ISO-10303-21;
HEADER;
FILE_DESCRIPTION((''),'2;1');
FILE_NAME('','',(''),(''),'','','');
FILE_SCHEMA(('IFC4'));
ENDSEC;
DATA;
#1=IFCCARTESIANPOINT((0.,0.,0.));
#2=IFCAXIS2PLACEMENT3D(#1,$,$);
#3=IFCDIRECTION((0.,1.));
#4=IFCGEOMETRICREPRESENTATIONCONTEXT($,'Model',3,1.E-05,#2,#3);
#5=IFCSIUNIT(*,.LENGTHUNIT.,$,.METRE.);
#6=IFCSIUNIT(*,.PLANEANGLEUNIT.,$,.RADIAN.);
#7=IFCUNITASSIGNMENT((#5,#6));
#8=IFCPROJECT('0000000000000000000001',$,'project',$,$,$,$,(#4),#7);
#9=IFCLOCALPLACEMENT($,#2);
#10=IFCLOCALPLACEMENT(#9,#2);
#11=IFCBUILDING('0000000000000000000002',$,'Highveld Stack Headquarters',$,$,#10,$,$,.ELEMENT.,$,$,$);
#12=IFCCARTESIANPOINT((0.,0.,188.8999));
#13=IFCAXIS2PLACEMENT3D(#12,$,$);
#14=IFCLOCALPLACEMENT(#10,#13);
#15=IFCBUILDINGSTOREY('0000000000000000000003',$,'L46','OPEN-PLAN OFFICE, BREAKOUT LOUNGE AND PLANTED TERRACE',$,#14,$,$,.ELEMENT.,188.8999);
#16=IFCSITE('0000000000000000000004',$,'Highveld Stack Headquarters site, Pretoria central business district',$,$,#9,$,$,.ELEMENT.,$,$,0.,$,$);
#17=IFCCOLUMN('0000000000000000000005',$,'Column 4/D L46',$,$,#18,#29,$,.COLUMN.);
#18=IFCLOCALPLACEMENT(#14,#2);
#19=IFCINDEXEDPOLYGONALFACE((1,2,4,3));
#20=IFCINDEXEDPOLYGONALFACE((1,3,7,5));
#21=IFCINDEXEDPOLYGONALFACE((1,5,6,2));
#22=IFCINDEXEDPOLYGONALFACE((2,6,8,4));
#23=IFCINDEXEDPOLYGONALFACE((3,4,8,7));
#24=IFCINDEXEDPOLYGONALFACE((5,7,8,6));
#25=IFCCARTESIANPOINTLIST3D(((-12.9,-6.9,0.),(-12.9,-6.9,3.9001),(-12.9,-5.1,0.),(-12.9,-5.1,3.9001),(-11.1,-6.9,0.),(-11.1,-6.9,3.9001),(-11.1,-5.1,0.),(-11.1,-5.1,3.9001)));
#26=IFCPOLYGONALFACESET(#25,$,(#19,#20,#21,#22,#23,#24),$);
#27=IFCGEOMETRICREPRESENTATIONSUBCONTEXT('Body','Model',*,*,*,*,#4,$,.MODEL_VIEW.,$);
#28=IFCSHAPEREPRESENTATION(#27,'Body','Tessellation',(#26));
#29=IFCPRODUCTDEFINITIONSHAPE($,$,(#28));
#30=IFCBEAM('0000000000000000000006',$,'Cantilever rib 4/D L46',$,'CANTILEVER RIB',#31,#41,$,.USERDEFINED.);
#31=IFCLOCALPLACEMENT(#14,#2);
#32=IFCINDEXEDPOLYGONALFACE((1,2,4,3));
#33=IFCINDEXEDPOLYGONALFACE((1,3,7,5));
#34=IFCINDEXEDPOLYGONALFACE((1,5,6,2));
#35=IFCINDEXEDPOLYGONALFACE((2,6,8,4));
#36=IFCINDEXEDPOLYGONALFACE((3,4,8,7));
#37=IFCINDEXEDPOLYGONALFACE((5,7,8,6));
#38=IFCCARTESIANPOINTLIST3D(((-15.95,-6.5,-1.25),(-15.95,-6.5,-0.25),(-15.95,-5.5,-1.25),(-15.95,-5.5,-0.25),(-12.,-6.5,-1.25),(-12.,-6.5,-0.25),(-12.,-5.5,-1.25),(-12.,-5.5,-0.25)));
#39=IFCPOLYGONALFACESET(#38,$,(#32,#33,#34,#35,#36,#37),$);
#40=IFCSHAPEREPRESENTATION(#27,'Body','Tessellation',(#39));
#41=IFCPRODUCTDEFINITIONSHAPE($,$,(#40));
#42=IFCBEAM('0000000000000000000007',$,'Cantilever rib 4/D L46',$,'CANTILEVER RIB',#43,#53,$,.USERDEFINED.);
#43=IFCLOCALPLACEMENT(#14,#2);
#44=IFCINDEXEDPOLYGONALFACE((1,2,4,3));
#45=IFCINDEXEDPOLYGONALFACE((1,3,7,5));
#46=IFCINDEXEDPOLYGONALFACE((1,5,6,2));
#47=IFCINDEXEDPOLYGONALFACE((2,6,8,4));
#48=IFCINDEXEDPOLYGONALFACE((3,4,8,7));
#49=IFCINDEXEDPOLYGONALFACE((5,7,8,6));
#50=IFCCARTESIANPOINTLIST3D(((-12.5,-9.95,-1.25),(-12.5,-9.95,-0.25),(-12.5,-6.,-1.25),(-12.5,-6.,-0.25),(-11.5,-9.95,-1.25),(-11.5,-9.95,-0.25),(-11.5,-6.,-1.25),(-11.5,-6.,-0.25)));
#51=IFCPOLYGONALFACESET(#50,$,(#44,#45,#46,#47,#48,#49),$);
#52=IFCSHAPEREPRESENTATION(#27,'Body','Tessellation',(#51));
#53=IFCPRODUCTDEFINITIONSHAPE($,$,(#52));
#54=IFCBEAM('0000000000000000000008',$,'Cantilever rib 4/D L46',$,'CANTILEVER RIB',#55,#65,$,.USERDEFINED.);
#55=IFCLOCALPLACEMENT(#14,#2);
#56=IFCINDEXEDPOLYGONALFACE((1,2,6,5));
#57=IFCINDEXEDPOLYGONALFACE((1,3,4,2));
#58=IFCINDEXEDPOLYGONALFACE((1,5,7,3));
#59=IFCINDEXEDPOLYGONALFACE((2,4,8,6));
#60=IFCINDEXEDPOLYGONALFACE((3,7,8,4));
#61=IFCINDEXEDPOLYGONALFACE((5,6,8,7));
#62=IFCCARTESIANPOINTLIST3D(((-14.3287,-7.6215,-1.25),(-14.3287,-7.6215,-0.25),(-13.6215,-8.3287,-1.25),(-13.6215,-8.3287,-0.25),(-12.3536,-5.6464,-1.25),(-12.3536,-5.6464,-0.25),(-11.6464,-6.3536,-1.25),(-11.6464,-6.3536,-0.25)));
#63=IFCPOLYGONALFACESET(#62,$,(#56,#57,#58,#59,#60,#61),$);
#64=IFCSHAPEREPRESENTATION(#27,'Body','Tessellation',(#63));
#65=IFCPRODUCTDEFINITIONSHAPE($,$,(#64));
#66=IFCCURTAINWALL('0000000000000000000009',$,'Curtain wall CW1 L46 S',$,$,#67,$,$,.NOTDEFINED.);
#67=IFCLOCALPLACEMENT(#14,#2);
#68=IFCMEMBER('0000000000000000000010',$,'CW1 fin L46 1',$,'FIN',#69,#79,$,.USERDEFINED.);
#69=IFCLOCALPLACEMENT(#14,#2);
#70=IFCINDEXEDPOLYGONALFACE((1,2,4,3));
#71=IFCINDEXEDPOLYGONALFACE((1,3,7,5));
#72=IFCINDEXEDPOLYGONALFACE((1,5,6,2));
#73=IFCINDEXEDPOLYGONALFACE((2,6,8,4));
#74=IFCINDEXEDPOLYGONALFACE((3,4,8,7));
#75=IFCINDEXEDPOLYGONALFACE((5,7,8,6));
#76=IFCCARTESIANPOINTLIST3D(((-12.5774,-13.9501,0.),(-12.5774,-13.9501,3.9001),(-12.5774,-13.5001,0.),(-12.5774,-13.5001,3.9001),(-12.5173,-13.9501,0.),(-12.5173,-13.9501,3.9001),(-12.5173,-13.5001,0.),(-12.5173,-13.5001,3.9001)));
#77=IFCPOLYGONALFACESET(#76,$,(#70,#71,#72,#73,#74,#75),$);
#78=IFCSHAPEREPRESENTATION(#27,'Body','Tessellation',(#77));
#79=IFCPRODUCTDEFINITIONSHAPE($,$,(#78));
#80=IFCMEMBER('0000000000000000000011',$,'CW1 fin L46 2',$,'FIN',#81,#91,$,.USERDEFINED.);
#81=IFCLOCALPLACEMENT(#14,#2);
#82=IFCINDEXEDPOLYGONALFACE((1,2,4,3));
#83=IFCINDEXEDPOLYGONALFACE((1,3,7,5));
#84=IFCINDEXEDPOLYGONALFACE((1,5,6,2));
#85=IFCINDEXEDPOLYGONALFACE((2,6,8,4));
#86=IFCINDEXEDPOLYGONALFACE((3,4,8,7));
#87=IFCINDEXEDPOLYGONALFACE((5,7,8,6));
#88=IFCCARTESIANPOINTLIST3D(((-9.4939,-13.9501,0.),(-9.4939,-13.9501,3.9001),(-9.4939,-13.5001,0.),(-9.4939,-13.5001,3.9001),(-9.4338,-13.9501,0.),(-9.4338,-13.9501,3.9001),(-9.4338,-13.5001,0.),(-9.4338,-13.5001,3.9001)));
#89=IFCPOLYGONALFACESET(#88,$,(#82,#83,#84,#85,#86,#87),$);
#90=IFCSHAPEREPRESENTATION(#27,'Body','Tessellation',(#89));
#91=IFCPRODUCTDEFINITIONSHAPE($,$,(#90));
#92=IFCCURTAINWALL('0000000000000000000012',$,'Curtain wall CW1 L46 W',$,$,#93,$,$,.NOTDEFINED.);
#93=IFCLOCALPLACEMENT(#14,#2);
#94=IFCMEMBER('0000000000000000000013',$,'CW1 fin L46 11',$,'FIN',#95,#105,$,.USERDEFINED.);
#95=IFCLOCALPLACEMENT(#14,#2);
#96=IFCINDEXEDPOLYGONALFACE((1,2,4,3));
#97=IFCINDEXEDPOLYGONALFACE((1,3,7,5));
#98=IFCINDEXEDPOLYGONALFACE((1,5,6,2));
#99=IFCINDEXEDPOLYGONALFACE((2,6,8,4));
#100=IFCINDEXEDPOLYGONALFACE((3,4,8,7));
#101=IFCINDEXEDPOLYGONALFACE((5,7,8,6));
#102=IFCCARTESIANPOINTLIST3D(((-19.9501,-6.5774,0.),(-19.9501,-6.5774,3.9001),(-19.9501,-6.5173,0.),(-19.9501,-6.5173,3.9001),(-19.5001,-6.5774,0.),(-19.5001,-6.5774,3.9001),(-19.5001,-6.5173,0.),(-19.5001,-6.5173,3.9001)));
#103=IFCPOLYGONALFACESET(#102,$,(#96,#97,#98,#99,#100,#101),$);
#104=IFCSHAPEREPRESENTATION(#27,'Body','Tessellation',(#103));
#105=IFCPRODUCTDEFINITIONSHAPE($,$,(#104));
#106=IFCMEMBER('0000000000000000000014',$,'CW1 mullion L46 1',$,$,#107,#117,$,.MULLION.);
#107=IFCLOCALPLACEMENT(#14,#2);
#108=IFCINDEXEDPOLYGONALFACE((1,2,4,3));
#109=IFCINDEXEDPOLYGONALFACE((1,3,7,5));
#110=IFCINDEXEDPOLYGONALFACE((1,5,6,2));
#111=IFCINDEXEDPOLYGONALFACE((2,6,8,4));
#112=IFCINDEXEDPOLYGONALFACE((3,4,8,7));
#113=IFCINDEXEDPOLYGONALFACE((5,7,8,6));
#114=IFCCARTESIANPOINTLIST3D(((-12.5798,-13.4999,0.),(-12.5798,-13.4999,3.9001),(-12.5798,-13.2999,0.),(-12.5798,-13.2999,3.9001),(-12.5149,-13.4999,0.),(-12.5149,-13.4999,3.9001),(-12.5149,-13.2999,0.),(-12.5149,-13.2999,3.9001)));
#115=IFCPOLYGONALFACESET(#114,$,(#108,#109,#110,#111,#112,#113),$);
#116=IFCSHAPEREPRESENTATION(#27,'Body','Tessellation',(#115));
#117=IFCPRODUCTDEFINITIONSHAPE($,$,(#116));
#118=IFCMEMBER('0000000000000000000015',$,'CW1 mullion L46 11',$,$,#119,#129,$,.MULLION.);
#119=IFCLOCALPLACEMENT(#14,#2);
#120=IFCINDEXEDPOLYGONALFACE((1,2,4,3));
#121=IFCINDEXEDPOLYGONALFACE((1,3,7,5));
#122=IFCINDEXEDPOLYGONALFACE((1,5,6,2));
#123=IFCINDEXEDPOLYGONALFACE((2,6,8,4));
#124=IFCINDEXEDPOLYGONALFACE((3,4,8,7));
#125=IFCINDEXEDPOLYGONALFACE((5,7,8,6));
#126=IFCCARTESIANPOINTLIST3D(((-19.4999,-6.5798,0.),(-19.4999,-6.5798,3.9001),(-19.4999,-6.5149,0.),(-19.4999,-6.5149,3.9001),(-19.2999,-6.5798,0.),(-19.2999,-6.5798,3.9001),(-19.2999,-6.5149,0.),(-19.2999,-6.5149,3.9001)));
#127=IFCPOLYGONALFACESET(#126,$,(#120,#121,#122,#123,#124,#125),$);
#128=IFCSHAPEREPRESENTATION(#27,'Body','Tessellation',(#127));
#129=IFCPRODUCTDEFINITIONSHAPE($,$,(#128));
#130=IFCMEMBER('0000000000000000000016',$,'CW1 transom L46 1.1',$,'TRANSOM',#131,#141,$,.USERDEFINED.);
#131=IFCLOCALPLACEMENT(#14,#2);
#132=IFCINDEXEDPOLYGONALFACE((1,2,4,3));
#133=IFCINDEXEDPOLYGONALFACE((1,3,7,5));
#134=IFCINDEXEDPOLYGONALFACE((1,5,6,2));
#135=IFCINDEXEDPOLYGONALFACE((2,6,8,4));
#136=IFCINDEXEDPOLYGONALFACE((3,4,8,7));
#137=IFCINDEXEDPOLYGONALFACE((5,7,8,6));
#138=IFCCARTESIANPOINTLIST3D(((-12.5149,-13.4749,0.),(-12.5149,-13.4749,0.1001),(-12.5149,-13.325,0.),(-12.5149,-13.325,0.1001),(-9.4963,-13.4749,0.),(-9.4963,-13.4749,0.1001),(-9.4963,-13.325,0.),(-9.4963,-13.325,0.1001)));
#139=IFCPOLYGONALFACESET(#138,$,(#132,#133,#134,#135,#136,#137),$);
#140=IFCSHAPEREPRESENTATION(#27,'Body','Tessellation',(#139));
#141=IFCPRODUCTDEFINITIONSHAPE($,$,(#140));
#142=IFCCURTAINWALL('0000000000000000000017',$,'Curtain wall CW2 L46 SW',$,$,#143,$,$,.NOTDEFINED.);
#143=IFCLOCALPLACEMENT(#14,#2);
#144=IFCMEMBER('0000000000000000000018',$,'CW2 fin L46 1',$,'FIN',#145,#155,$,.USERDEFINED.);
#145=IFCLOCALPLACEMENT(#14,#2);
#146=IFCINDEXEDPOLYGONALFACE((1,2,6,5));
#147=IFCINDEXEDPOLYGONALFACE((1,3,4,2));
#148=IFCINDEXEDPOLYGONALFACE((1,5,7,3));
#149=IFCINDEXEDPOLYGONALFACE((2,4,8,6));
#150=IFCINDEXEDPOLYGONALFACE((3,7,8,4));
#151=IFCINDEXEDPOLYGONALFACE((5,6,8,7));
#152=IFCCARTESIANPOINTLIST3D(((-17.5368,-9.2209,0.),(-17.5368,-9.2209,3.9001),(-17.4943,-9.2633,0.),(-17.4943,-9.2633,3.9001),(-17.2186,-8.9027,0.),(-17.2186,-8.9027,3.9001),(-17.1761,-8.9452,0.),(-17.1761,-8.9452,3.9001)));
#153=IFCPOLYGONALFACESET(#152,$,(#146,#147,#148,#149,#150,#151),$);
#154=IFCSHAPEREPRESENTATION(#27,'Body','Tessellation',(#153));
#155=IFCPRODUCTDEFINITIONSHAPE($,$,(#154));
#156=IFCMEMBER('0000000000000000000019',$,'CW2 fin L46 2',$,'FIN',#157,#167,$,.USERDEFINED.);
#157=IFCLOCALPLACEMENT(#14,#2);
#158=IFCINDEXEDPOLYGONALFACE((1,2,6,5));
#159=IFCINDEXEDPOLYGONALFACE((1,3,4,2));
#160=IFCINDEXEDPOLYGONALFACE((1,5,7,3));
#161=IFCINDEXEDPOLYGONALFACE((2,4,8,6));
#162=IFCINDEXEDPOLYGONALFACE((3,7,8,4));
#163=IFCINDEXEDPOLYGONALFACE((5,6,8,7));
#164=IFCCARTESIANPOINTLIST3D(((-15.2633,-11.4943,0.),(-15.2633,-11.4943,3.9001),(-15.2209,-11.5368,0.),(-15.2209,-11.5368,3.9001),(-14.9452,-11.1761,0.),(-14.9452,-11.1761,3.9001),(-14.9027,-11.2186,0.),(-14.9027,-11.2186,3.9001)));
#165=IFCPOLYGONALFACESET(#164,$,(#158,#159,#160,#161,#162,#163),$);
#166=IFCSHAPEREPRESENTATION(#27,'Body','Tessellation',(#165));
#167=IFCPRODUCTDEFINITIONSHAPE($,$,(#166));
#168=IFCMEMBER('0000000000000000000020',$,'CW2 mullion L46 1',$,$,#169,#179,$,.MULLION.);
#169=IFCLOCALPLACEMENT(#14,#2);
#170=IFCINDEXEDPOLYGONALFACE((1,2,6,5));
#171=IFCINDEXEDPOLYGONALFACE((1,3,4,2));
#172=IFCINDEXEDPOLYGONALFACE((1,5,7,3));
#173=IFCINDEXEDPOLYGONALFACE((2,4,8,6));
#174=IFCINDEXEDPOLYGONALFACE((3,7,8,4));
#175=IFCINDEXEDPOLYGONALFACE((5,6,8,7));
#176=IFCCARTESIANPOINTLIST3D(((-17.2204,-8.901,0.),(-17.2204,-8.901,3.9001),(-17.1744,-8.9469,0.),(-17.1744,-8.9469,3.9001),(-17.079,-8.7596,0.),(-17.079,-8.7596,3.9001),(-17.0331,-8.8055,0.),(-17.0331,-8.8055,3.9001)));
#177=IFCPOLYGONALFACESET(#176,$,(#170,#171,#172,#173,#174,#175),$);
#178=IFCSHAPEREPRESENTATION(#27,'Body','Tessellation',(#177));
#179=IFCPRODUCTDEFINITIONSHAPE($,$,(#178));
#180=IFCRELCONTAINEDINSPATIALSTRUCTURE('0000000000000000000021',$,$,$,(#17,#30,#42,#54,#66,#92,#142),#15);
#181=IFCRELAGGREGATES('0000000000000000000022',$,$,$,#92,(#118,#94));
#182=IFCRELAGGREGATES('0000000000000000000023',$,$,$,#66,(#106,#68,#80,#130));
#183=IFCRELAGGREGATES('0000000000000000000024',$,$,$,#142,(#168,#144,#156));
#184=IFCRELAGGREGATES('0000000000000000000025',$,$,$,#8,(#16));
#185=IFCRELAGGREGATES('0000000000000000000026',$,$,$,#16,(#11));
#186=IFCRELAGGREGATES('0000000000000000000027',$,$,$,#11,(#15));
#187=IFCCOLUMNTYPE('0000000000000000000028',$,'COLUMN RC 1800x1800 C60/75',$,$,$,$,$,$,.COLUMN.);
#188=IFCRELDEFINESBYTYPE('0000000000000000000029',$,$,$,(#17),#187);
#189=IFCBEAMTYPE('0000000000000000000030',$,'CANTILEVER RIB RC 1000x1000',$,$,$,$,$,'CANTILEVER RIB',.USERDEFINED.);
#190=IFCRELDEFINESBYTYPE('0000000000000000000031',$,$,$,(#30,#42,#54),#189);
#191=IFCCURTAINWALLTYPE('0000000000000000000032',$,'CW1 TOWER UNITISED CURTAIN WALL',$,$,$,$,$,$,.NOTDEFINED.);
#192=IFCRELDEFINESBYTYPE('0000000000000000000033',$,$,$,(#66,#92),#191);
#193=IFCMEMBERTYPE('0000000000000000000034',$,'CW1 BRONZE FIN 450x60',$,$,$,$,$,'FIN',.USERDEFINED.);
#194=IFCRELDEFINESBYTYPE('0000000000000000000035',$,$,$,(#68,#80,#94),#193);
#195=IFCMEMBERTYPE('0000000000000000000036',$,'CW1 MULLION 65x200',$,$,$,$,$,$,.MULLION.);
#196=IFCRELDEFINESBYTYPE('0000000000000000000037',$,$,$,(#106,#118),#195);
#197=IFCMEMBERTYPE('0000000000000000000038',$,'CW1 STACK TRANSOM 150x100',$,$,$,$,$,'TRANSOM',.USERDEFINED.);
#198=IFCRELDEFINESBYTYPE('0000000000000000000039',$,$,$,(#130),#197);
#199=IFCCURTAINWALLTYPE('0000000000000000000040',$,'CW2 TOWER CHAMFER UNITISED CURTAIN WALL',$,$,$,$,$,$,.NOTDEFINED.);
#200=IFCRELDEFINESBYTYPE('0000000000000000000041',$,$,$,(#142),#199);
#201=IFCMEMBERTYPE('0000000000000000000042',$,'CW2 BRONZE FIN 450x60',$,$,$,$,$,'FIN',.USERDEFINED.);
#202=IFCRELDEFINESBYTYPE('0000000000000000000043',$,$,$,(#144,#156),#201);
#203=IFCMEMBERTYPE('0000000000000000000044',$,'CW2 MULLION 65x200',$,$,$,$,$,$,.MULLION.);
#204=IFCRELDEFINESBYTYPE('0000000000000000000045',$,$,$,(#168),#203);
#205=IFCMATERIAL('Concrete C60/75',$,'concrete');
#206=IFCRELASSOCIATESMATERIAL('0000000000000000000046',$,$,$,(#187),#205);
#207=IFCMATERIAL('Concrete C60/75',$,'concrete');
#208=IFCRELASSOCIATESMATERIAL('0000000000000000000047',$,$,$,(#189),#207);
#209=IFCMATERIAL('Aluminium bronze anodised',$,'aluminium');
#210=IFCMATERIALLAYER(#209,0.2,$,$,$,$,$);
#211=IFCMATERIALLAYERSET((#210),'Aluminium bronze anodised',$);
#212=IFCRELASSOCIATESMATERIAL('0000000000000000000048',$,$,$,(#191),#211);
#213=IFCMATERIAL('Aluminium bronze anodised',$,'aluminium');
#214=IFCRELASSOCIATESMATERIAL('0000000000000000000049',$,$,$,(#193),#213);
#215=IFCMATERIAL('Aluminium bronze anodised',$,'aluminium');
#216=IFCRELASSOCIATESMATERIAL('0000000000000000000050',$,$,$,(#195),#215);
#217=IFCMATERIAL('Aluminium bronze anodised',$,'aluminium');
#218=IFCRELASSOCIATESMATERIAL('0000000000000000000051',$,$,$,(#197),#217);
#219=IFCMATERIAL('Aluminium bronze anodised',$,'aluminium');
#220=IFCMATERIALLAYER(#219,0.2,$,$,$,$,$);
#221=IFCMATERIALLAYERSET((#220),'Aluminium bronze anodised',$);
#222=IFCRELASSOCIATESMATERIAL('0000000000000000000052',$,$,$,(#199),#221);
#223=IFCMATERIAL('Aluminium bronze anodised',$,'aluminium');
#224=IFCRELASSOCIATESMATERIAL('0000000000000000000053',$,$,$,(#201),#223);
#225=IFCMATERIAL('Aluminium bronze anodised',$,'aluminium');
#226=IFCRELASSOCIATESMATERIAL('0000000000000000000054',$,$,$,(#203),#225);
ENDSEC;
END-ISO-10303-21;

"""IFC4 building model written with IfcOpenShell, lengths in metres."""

from ifc_helpers import new_model, si_unit, direction, frame, origin, origin_2d, place, context, subcontext, project, spatial, rectangle, extrude, material, layer, layer_set, material_profile, profile_set, type_object, element, aggregate, save


model = new_model("IFC4")

# Units and contexts
model_context = context("Model", 3, precision=1e-05, world=origin(), true_north=direction((0.0, 1.0)))
body_context = subcontext(model_context, "Body", "Model", "MODEL_VIEW")
ifc_project = project(units=[si_unit("LENGTHUNIT", "METRE"), si_unit("PLANEANGLEUNIT", "RADIAN")], contexts=[model_context])

# Site, building, storey
site_placement = place(None, origin())
site = spatial("IfcSite", under=ifc_project, at=site_placement, Name="Highveld Stack Headquarters site, Pretoria central business district", CompositionType="ELEMENT", RefElevation=0.0)
building_placement = place(site_placement, origin())
building = spatial("IfcBuilding", under=site, at=building_placement, Name="Highveld Stack Headquarters", CompositionType="ELEMENT")
storey_placement = place(building_placement, frame((0.0, 0.0, 188.8999)))
storey = spatial("IfcBuildingStorey", under=building, at=storey_placement, Name="L46", Description="OPEN-PLAN OFFICE, BREAKOUT LOUNGE AND PLANTED TERRACE", CompositionType="ELEMENT", Elevation=188.8999)

# Column
ifc_material_1 = material(Name="Concrete C60/75", Category="concrete")
ifc_material_profile_1 = material_profile(ifc_material_1, rectangle(XDim=1.8, YDim=1.8, at=origin_2d()), Name="RC 1800x1800")
ifc_profile_set_1 = profile_set([ifc_material_profile_1], Name="Concrete C60/75")
column_type = type_object("IfcColumnType", Name="COLUMN RC 1800x1800 C60/75", PredefinedType="COLUMN", material=ifc_profile_set_1)
column_placement = place(storey_placement, frame((-12.0, -6.0, 0.0), z_axis=(0.0, 0.0, 1.0), x_axis=(1.0, 0.0, 0.0)))
element("IfcColumn", 1, at=column_placement, inside=storey, type_object=column_type, Name="Column 4/D L46", PredefinedType="COLUMN", context=body_context, shape_type="SweptSolid", body=[
    extrude(rectangle(XDim=1.8, YDim=1.8, at=origin_2d()), origin(), (0.0, 0.0, 1.0), 3.9001),
])

# Beams
ifc_material_2 = material(Name="Concrete C60/75", Category="concrete")
ifc_material_profile_2 = material_profile(ifc_material_2, rectangle(XDim=1.0, YDim=1.0, at=origin_2d()), Name="RC 1000x1000")
ifc_profile_set_2 = profile_set([ifc_material_profile_2], Name="Concrete C60/75")
beam_type_1 = type_object("IfcBeamType", Name="CANTILEVER RIB RC 1000x1000", ElementType="CANTILEVER RIB", PredefinedType="USERDEFINED", material=ifc_profile_set_2)
for number, where, z_axis, x_axis, name in (
    (2, (-12.0, -6.0, -0.75), (-1.0, 0.0, 0.0), (0.0, -1.0, 0.0), "Cantilever rib 4/D L46"),
    (3, (-12.0, -6.0, -0.75), (0.0, -1.0, 0.0), (1.0, 0.0, 0.0), "Cantilever rib 4/D L46"),
):
    element("IfcBeam", number, at=place(storey_placement, frame(where, z_axis=z_axis, x_axis=x_axis)), inside=storey, type_object=beam_type_1, Name=name, ObjectType="CANTILEVER RIB", PredefinedType="USERDEFINED", context=body_context, shape_type="SweptSolid", body=[
        extrude(rectangle(XDim=1.0, YDim=1.0, at=origin_2d()), origin(), (0.0, 0.0, 1.0), 3.95),
    ])
beam_1_placement = place(storey_placement, frame((-12.0, -6.0, -0.75), z_axis=(-0.707107, -0.707107, 0.0), x_axis=(0.707107, -0.707107, 0.0)))
element("IfcBeam", 4, at=beam_1_placement, inside=storey, type_object=beam_type_1, Name="Cantilever rib 4/D L46", ObjectType="CANTILEVER RIB", PredefinedType="USERDEFINED", context=body_context, shape_type="SweptSolid", body=[
    extrude(rectangle(XDim=1.0, YDim=1.0, at=origin_2d()), origin(), (0.0, 0.0, 1.0), 2.7932),
])

# Curtain wall, members
ifc_material_3 = material(Name="Aluminium bronze anodised", Category="aluminium")
ifc_layer_1 = layer(ifc_material_3, 0.2)
ifc_layer_set_1 = layer_set([ifc_layer_1], Name="Aluminium bronze anodised")
curtain_wall_type_1 = type_object("IfcCurtainWallType", Name="CW1 TOWER UNITISED CURTAIN WALL", PredefinedType="NOTDEFINED", material=ifc_layer_set_1)
curtain_wall_1_placement = place(storey_placement, origin())
curtain_wall_1 = element("IfcCurtainWall", 5, at=curtain_wall_1_placement, inside=storey, type_object=curtain_wall_type_1, Name="Curtain wall CW1 L46 S", PredefinedType="NOTDEFINED")
ifc_material_4 = material(Name="Aluminium bronze anodised", Category="aluminium")
ifc_material_profile_3 = material_profile(ifc_material_4, rectangle(XDim=0.45, YDim=0.0601, at=origin_2d()), Name="FIN 450x60")
ifc_profile_set_3 = profile_set([ifc_material_profile_3], Name="Aluminium bronze anodised")
member_type_1 = type_object("IfcMemberType", Name="CW1 BRONZE FIN 450x60", ElementType="FIN", PredefinedType="USERDEFINED", material=ifc_profile_set_3)
member_1_placement = place(storey_placement, frame((-12.5474, -13.7251, 0.0), z_axis=(0.0, 0.0, 1.0), x_axis=(0.0, 1.0, 0.0)))
member_1 = element("IfcMember", 6, at=member_1_placement, type_object=member_type_1, Name="CW1 fin L46 1", ObjectType="FIN", PredefinedType="USERDEFINED", context=body_context, shape_type="SweptSolid", body=[
    extrude(rectangle(XDim=0.45, YDim=0.0601, at=origin_2d()), origin(), (0.0, 0.0, 1.0), 3.9001),
])
member_2_placement = place(storey_placement, frame((-9.4639, -13.7251, 0.0), z_axis=(0.0, 0.0, 1.0), x_axis=(0.0, 1.0, 0.0)))
member_2 = element("IfcMember", 7, at=member_2_placement, type_object=member_type_1, Name="CW1 fin L46 2", ObjectType="FIN", PredefinedType="USERDEFINED", context=body_context, shape_type="SweptSolid", body=[
    extrude(rectangle(XDim=0.45, YDim=0.0601, at=origin_2d()), origin(), (0.0, 0.0, 1.0), 3.9001),
])

# Curtain wall, member
curtain_wall_2_placement = place(storey_placement, origin())
curtain_wall_2 = element("IfcCurtainWall", 8, at=curtain_wall_2_placement, inside=storey, type_object=curtain_wall_type_1, Name="Curtain wall CW1 L46 W", PredefinedType="NOTDEFINED")
member_3_placement = place(storey_placement, frame((-19.7251, -6.5474, 0.0), z_axis=(0.0, 0.0, 1.0), x_axis=(1.0, 0.0, 0.0)))
member_3 = element("IfcMember", 9, at=member_3_placement, type_object=member_type_1, Name="CW1 fin L46 11", ObjectType="FIN", PredefinedType="USERDEFINED", context=body_context, shape_type="SweptSolid", body=[
    extrude(rectangle(XDim=0.45, YDim=0.0601, at=origin_2d()), origin(), (0.0, 0.0, 1.0), 3.9001),
])

# Members
ifc_material_5 = material(Name="Aluminium bronze anodised", Category="aluminium")
ifc_material_profile_4 = material_profile(ifc_material_5, rectangle(XDim=0.2, YDim=0.0649, at=origin_2d()), Name="CW1 MULLION 65x200")
ifc_profile_set_4 = profile_set([ifc_material_profile_4], Name="Aluminium bronze anodised")
member_type_2 = type_object("IfcMemberType", Name="CW1 MULLION 65x200", PredefinedType="MULLION", material=ifc_profile_set_4)
member_4_placement = place(storey_placement, frame((-12.5474, -13.3999, 0.0), z_axis=(0.0, 0.0, 1.0), x_axis=(0.0, 1.0, 0.0)))
member_4 = element("IfcMember", 10, at=member_4_placement, type_object=member_type_2, Name="CW1 mullion L46 1", PredefinedType="MULLION", context=body_context, shape_type="SweptSolid", body=[
    extrude(rectangle(XDim=0.2, YDim=0.0649, at=origin_2d()), origin(), (0.0, 0.0, 1.0), 3.9001),
])
member_5_placement = place(storey_placement, frame((-19.3999, -6.5474, 0.0), z_axis=(0.0, 0.0, 1.0), x_axis=(1.0, 0.0, 0.0)))
member_5 = element("IfcMember", 11, at=member_5_placement, type_object=member_type_2, Name="CW1 mullion L46 11", PredefinedType="MULLION", context=body_context, shape_type="SweptSolid", body=[
    extrude(rectangle(XDim=0.2, YDim=0.0649, at=origin_2d()), origin(), (0.0, 0.0, 1.0), 3.9001),
])
aggregate(curtain_wall_2, [member_5, member_3])
ifc_material_6 = material(Name="Aluminium bronze anodised", Category="aluminium")
ifc_material_profile_5 = material_profile(ifc_material_6, rectangle(XDim=0.1499, YDim=0.1001, at=origin_2d()), Name="CW1 TRANSOM 150x100")
ifc_profile_set_5 = profile_set([ifc_material_profile_5], Name="Aluminium bronze anodised")
member_type_3 = type_object("IfcMemberType", Name="CW1 STACK TRANSOM 150x100", ElementType="TRANSOM", PredefinedType="USERDEFINED", material=ifc_profile_set_5)
member_6_placement = place(storey_placement, frame((-12.5149, -13.3999, 0.05), z_axis=(1.0, 0.0, 0.0), x_axis=(0.0, 1.0, 0.0)))
member_6 = element("IfcMember", 12, at=member_6_placement, type_object=member_type_3, Name="CW1 transom L46 1.1", ObjectType="TRANSOM", PredefinedType="USERDEFINED", context=body_context, shape_type="SweptSolid", body=[
    extrude(rectangle(XDim=0.1499, YDim=0.1001, at=origin_2d()), origin(), (0.0, 0.0, 1.0), 3.0186),
])

# Curtain wall, members
ifc_material_7 = material(Name="Aluminium bronze anodised", Category="aluminium")
ifc_layer_2 = layer(ifc_material_7, 0.2)
ifc_layer_set_2 = layer_set([ifc_layer_2], Name="Aluminium bronze anodised")
curtain_wall_type_2 = type_object("IfcCurtainWallType", Name="CW2 TOWER CHAMFER UNITISED CURTAIN WALL", PredefinedType="NOTDEFINED", material=ifc_layer_set_2)
curtain_wall_3_placement = place(storey_placement, origin())
curtain_wall_3 = element("IfcCurtainWall", 13, at=curtain_wall_3_placement, inside=storey, type_object=curtain_wall_type_2, Name="Curtain wall CW2 L46 SW", PredefinedType="NOTDEFINED")
ifc_material_8 = material(Name="Aluminium bronze anodised", Category="aluminium")
ifc_material_profile_6 = material_profile(ifc_material_8, rectangle(XDim=0.45, YDim=0.0601, at=origin_2d()), Name="FIN 450x60")
ifc_profile_set_6 = profile_set([ifc_material_profile_6], Name="Aluminium bronze anodised")
member_type_4 = type_object("IfcMemberType", Name="CW2 BRONZE FIN 450x60", ElementType="FIN", PredefinedType="USERDEFINED", material=ifc_profile_set_6)
member_7_placement = place(storey_placement, frame((-17.3564, -9.083, 0.0), z_axis=(0.0, 0.0, 1.0), x_axis=(0.707107, 0.707107, 0.0)))
member_7 = element("IfcMember", 14, at=member_7_placement, type_object=member_type_4, Name="CW2 fin L46 1", ObjectType="FIN", PredefinedType="USERDEFINED", context=body_context, shape_type="SweptSolid", body=[
    extrude(rectangle(XDim=0.45, YDim=0.0601, at=origin_2d()), origin(), (0.0, 0.0, 1.0), 3.9001),
])
member_8_placement = place(storey_placement, frame((-15.083, -11.3564, 0.0), z_axis=(0.0, 0.0, 1.0), x_axis=(0.707107, 0.707107, 0.0)))
member_8 = element("IfcMember", 15, at=member_8_placement, type_object=member_type_4, Name="CW2 fin L46 2", ObjectType="FIN", PredefinedType="USERDEFINED", context=body_context, shape_type="SweptSolid", body=[
    extrude(rectangle(XDim=0.45, YDim=0.0601, at=origin_2d()), origin(), (0.0, 0.0, 1.0), 3.9001),
])
ifc_material_9 = material(Name="Aluminium bronze anodised", Category="aluminium")
ifc_material_profile_7 = material_profile(ifc_material_9, rectangle(XDim=0.2, YDim=0.0649, at=origin_2d()), Name="CW2 MULLION 65x200")
ifc_profile_set_7 = profile_set([ifc_material_profile_7], Name="Aluminium bronze anodised")
member_type_5 = type_object("IfcMemberType", Name="CW2 MULLION 65x200", PredefinedType="MULLION", material=ifc_profile_set_7)
member_9_placement = place(storey_placement, frame((-17.1267, -8.8533, 0.0), z_axis=(0.0, 0.0, 1.0), x_axis=(0.707107, 0.707107, 0.0)))
member_9 = element("IfcMember", 16, at=member_9_placement, type_object=member_type_5, Name="CW2 mullion L46 1", PredefinedType="MULLION", context=body_context, shape_type="SweptSolid", body=[
    extrude(rectangle(XDim=0.2, YDim=0.0649, at=origin_2d()), origin(), (0.0, 0.0, 1.0), 3.9001),
])

aggregate(curtain_wall_1, [member_4, member_1, member_2, member_6])
aggregate(curtain_wall_3, [member_9, member_7, member_8])

save(model, "model.ifc")
